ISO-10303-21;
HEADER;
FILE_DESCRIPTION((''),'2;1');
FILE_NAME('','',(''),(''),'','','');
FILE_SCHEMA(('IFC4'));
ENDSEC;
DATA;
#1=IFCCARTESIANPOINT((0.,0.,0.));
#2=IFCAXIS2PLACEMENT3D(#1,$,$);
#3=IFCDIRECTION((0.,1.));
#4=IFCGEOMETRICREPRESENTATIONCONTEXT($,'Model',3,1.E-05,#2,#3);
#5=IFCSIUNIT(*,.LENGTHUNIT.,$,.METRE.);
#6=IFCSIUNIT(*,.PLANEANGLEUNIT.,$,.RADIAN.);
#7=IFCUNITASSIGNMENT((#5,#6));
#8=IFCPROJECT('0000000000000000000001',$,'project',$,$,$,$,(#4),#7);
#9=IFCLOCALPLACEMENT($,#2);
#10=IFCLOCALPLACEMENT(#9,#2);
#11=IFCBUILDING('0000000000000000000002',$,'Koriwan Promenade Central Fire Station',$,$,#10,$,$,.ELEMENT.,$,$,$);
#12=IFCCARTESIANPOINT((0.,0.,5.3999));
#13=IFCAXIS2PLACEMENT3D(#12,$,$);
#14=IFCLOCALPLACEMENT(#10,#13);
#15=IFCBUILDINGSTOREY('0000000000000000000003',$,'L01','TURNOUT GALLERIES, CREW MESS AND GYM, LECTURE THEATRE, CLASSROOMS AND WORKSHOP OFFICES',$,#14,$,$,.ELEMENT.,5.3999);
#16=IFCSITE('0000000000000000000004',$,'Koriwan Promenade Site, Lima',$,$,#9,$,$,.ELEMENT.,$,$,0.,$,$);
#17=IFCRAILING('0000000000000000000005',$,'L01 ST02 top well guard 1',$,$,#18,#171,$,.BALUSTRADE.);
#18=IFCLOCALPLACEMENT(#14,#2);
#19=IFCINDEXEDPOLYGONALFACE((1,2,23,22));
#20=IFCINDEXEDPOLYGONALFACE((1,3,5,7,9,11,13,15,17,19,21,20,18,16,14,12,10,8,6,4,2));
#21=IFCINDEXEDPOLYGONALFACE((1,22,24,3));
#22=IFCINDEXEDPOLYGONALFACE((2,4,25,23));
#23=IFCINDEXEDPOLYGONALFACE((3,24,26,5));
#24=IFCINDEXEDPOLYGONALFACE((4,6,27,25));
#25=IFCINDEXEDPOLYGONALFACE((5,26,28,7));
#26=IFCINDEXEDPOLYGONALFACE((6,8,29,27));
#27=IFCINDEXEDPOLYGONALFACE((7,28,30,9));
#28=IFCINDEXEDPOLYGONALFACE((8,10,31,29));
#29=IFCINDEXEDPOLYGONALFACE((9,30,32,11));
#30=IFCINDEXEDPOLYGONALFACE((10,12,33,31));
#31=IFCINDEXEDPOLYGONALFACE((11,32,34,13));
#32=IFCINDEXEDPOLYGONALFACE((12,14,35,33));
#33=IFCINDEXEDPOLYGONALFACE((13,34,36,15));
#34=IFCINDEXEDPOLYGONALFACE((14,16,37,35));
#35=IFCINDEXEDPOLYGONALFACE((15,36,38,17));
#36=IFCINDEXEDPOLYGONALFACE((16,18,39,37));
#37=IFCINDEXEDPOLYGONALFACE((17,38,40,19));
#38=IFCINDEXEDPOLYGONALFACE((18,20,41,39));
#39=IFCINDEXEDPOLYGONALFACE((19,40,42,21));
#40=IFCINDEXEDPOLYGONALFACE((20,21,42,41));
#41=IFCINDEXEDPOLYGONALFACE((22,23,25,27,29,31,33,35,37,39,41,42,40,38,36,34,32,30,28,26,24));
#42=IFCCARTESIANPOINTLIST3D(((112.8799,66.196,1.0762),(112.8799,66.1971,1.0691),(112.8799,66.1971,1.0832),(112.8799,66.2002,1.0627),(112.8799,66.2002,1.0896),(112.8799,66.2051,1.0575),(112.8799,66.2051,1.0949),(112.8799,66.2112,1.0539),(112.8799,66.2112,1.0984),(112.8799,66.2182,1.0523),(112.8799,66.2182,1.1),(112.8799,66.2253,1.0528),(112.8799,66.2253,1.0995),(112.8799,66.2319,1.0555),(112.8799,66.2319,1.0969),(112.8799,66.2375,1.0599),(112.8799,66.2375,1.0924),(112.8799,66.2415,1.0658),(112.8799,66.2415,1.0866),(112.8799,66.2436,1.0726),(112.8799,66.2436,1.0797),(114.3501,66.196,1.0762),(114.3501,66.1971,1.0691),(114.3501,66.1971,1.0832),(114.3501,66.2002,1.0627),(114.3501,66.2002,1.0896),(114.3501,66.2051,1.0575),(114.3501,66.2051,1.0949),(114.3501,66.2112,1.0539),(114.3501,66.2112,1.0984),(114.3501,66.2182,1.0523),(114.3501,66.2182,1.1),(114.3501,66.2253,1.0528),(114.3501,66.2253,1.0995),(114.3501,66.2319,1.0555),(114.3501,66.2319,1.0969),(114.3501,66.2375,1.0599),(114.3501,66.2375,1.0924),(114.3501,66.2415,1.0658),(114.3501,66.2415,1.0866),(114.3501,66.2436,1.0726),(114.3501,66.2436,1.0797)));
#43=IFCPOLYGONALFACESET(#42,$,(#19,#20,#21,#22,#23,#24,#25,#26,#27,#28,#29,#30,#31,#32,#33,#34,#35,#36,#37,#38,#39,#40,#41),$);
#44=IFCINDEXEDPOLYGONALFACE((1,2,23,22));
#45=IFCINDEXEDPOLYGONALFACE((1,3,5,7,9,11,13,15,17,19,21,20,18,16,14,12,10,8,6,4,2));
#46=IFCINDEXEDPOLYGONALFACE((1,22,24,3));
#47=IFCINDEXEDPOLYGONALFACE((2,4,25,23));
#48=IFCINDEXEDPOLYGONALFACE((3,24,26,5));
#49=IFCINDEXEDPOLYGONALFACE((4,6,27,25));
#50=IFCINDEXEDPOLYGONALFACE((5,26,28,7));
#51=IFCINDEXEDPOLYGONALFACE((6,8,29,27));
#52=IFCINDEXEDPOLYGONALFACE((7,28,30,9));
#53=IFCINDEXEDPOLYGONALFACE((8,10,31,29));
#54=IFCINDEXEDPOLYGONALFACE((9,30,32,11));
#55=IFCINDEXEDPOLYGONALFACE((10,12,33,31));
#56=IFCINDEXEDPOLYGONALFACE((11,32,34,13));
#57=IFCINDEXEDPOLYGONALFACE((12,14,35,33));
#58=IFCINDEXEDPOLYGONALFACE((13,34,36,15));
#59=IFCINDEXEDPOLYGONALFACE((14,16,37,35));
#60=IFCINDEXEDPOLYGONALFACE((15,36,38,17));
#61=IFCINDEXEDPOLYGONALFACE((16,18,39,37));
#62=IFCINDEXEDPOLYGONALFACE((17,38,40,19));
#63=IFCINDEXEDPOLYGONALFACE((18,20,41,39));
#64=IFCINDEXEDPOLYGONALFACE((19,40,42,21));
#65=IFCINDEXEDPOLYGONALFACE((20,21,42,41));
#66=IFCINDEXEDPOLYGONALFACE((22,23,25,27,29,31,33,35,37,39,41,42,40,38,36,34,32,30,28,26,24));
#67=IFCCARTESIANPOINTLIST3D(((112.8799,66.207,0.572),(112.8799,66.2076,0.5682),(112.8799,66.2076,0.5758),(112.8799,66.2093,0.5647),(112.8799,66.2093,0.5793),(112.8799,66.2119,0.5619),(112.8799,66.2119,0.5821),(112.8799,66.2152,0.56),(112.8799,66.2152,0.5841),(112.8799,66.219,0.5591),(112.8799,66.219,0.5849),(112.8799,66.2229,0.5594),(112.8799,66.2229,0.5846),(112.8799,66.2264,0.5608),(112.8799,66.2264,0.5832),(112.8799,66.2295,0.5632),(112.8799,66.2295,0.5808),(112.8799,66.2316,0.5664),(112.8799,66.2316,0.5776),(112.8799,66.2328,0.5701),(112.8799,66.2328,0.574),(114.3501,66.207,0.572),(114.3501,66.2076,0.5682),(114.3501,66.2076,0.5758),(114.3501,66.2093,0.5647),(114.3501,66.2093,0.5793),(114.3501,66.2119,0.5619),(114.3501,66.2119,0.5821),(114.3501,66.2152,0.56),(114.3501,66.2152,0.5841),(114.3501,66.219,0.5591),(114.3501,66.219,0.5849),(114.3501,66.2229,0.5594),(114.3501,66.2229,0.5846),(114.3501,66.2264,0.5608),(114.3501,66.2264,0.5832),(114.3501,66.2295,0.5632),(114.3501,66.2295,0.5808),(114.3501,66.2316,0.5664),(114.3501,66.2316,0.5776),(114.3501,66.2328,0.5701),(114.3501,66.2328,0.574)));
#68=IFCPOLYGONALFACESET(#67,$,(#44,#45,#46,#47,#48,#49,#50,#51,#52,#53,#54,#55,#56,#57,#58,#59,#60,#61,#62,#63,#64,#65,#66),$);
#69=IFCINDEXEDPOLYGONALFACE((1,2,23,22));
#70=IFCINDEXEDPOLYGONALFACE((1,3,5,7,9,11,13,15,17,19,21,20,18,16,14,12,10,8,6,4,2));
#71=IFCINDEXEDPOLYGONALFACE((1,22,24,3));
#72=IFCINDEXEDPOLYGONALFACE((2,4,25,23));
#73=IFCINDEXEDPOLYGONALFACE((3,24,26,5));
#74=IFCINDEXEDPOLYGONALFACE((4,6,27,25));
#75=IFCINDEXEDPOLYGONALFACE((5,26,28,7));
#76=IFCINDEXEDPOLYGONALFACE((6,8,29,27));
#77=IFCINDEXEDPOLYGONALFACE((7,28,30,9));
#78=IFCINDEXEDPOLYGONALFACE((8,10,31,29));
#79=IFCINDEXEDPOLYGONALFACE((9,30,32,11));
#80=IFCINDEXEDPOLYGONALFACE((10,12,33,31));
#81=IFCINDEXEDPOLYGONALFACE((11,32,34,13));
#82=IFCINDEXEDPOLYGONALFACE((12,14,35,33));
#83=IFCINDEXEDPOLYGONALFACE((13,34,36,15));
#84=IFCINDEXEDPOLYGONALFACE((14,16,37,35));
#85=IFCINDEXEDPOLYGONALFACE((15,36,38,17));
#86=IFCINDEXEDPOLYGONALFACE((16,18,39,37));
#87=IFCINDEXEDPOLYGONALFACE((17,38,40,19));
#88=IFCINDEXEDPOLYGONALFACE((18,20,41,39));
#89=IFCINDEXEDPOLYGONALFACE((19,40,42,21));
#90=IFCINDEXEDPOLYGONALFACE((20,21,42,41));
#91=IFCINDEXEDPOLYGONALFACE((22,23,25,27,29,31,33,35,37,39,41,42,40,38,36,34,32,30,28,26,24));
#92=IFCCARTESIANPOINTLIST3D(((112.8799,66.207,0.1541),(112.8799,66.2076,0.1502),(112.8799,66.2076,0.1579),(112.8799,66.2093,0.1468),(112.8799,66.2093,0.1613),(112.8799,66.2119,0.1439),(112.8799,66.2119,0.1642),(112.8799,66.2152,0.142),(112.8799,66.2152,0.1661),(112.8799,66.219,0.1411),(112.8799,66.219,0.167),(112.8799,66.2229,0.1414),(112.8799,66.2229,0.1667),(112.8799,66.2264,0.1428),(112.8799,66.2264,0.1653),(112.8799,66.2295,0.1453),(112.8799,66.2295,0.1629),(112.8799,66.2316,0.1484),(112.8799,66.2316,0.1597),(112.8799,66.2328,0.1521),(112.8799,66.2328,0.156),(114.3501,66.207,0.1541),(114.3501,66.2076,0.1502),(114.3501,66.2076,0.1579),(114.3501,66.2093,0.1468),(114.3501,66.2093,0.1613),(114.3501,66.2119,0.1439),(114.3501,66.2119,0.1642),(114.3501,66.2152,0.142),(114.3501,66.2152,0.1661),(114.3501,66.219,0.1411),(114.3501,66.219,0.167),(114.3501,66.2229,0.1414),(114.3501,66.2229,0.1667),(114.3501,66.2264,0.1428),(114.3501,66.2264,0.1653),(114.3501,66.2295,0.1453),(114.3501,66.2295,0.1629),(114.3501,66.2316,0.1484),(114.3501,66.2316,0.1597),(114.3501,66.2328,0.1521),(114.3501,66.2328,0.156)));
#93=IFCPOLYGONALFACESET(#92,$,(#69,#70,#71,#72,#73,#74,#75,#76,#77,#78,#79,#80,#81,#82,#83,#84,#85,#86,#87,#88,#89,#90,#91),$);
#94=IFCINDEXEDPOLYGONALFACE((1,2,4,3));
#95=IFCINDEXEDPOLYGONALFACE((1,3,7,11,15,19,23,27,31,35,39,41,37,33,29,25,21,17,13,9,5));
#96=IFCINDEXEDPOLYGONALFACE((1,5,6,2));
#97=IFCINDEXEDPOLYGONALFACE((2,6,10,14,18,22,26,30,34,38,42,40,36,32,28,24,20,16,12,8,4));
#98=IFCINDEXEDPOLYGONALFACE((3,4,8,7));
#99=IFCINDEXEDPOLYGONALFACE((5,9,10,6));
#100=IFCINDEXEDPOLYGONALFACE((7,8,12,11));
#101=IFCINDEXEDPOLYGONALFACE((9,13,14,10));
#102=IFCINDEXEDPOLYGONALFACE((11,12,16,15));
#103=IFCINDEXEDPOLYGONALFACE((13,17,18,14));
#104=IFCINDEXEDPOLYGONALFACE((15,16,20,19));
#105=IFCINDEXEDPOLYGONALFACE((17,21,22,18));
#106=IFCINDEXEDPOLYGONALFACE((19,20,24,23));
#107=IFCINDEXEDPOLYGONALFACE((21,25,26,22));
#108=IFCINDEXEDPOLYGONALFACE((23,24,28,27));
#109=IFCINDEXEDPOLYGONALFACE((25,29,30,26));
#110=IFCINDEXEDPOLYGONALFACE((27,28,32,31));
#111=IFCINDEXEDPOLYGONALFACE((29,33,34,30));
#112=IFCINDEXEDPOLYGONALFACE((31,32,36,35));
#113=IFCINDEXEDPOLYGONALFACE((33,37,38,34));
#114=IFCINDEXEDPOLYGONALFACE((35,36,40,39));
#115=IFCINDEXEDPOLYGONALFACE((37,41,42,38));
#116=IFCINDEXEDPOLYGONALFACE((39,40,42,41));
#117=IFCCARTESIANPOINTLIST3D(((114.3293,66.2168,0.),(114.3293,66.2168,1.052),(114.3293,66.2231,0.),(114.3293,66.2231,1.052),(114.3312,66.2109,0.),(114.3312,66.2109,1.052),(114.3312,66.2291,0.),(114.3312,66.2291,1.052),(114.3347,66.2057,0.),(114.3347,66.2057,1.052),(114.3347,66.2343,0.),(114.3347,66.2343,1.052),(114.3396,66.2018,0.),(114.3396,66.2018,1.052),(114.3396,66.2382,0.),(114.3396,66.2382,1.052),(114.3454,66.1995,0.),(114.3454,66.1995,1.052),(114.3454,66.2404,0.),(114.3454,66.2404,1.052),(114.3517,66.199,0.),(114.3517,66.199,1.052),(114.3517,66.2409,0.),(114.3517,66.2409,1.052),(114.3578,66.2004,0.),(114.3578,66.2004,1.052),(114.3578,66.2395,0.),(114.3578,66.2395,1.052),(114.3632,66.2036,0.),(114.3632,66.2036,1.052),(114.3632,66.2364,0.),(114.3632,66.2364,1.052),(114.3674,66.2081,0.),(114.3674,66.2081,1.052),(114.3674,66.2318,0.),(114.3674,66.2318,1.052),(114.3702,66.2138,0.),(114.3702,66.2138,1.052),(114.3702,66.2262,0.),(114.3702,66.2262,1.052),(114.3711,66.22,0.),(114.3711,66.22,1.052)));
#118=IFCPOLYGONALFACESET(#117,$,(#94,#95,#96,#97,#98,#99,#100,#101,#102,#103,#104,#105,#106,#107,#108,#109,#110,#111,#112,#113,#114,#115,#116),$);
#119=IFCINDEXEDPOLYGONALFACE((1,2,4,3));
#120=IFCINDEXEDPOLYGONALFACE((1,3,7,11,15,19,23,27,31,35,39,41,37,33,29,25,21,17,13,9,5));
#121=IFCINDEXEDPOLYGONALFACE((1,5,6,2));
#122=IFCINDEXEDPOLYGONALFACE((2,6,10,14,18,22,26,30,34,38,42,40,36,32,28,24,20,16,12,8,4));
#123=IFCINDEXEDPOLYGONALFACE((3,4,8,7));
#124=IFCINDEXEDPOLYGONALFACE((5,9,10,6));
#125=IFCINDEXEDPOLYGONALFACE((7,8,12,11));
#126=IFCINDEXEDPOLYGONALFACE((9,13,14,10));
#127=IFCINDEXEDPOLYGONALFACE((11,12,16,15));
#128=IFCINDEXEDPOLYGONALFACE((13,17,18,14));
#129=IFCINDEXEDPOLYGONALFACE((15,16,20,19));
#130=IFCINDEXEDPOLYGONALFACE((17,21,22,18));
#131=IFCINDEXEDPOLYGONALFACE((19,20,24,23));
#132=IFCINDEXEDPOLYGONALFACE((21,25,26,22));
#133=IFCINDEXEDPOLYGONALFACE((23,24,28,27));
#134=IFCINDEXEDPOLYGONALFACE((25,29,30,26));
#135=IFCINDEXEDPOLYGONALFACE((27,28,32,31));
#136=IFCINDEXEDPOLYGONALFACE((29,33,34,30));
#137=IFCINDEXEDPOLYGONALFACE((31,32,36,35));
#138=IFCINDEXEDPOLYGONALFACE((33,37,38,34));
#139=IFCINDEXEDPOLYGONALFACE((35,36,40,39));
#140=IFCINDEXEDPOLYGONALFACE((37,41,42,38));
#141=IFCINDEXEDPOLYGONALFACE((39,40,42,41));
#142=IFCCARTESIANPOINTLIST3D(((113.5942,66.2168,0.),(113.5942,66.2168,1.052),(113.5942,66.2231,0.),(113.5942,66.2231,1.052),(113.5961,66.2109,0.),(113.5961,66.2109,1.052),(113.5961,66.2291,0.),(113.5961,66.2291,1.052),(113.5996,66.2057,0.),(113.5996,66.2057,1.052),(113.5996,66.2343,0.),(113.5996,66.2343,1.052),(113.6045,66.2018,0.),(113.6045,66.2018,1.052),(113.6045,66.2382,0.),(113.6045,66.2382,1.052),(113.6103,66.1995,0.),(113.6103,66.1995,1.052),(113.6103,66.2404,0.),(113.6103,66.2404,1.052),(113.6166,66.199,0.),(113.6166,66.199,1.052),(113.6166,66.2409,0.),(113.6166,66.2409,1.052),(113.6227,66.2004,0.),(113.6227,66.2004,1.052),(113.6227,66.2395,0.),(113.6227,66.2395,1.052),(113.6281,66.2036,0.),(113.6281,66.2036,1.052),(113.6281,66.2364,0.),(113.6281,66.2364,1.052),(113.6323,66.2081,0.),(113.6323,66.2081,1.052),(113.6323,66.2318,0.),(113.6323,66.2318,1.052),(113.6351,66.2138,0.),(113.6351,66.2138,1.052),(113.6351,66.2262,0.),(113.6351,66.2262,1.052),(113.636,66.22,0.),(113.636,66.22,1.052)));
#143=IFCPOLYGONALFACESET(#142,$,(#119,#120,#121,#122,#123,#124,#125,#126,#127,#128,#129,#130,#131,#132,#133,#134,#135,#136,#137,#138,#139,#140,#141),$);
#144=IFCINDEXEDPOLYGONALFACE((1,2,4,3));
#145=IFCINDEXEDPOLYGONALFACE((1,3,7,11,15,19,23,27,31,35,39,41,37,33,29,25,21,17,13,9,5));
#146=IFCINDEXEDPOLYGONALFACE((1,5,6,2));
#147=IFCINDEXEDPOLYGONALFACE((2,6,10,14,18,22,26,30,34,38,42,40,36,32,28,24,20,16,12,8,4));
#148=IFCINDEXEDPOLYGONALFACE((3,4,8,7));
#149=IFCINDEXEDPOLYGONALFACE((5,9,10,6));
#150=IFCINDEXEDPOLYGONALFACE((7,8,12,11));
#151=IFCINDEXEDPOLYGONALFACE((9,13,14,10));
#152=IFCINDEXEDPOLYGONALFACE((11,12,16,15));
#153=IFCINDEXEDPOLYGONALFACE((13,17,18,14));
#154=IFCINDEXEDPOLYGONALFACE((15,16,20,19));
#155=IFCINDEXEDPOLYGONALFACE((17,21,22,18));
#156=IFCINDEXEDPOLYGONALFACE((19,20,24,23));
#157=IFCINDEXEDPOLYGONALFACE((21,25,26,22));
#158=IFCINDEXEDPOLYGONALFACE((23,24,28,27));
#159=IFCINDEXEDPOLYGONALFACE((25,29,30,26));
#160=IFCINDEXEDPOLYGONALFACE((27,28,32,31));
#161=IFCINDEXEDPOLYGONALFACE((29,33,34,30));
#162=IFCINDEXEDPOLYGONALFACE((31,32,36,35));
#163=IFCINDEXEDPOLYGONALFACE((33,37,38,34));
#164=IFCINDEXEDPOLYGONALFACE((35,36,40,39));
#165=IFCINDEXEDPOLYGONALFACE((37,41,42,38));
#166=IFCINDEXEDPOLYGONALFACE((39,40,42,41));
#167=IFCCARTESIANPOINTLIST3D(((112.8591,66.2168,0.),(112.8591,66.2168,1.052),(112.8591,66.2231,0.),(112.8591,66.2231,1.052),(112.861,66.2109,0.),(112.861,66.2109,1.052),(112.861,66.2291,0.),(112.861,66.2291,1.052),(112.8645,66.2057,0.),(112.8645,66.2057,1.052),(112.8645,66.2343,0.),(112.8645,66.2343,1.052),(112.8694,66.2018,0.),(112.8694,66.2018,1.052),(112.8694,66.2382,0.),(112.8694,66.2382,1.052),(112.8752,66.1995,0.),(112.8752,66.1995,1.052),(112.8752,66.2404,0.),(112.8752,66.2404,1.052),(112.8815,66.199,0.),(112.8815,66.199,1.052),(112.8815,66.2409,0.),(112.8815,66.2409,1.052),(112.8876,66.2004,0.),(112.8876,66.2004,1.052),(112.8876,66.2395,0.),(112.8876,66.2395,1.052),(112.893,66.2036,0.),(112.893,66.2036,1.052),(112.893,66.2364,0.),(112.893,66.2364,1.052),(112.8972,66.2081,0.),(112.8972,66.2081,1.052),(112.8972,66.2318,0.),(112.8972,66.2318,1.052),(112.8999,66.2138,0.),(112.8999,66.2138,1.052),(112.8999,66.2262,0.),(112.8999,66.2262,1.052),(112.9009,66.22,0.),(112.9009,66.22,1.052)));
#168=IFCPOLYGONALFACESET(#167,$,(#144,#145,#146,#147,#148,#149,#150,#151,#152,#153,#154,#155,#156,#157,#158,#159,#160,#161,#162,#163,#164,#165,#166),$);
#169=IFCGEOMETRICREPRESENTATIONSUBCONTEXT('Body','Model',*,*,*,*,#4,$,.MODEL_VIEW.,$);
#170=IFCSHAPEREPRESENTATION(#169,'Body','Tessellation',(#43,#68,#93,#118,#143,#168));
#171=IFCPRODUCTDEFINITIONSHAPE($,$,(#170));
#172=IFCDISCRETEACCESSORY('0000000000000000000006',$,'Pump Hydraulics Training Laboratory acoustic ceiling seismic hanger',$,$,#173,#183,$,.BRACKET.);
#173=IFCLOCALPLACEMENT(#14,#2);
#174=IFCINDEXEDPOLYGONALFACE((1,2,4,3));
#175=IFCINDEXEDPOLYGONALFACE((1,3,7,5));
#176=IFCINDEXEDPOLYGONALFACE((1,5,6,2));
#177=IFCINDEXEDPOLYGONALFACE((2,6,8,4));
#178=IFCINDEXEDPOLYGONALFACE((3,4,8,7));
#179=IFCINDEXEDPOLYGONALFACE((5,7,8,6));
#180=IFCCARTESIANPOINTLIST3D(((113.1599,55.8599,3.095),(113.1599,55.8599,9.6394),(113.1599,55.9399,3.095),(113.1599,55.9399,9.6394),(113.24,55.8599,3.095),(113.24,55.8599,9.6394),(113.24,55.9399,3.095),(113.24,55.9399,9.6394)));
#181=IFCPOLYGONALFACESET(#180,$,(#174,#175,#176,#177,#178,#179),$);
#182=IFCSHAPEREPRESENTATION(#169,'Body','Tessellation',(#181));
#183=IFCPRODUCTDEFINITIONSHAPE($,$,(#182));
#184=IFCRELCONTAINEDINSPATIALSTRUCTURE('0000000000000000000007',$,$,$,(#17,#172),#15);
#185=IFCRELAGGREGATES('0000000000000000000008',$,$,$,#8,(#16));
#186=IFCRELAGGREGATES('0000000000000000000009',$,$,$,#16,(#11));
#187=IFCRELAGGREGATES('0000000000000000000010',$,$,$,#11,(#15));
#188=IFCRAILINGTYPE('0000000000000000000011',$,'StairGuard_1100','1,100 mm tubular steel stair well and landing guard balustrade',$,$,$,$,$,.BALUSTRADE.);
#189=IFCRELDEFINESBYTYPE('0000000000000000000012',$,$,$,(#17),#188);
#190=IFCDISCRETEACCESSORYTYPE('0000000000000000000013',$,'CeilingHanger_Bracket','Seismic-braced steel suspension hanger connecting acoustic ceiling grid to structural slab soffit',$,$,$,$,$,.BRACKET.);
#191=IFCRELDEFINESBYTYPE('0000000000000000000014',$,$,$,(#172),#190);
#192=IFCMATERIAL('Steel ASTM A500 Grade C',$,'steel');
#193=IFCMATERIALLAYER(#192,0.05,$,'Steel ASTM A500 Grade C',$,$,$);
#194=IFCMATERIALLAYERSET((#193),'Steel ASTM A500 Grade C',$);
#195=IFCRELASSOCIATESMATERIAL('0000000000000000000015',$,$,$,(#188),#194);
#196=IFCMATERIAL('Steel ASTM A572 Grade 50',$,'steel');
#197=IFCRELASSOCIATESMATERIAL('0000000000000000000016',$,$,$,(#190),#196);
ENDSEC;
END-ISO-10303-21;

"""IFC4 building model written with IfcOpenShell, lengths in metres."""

from ifc_helpers import new_model, si_unit, direction, frame, origin, origin_2d, place, context, subcontext, project, spatial, rectangle, circle, extrude, material, layer, layer_set, type_object, element, save


model = new_model("IFC4")

# Units and contexts
model_context = context("Model", 3, precision=1e-05, world=origin(), true_north=direction((0.0, 1.0)))
body_context = subcontext(model_context, "Body", "Model", "MODEL_VIEW")
ifc_project = project(units=[si_unit("LENGTHUNIT", "METRE"), si_unit("PLANEANGLEUNIT", "RADIAN")], contexts=[model_context])

# Site, building, storey
site_placement = place(None, origin())
site = spatial("IfcSite", under=ifc_project, at=site_placement, Name="Koriwan Promenade Site, Lima", CompositionType="ELEMENT", RefElevation=0.0)
building_placement = place(site_placement, origin())
building = spatial("IfcBuilding", under=site, at=building_placement, Name="Koriwan Promenade Central Fire Station", CompositionType="ELEMENT")
storey_placement = place(building_placement, frame((0.0, 0.0, 5.3999)))
storey = spatial("IfcBuildingStorey", under=building, at=storey_placement, Name="L01", Description="TURNOUT GALLERIES, CREW MESS AND GYM, LECTURE THEATRE, CLASSROOMS AND WORKSHOP OFFICES", CompositionType="ELEMENT", Elevation=5.3999)

# Railing
ifc_material_1 = material(Name="Steel ASTM A500 Grade C", Category="steel")
ifc_layer_1 = layer(ifc_material_1, 0.05, Name="Steel ASTM A500 Grade C")
ifc_layer_set_1 = layer_set([ifc_layer_1], Name="Steel ASTM A500 Grade C")
railing_type = type_object("IfcRailingType", Name="StairGuard_1100", Description="1,100 mm tubular steel stair well and landing guard balustrade", PredefinedType="BALUSTRADE", material=ifc_layer_set_1)
railing_placement = place(storey_placement, frame((114.3501, 66.22, 0.0)))
element("IfcRailing", 1, at=railing_placement, inside=storey, type_object=railing_type, Name="L01 ST02 top well guard 1", PredefinedType="BALUSTRADE", context=body_context, shape_type="SweptSolid", body=[
    extrude(circle(Radius=0.0239, at=origin_2d()), frame((0.0, 0.0, 1.0762), z_axis=(-1.0, 0.0, 0.0), x_axis=(0.0, -1.0, 0.0)), (0.0, 0.0, 1.0), 1.4702),
    extrude(circle(Radius=0.0129, at=origin_2d()), frame((0.0, 0.0, 0.572), z_axis=(-1.0, 0.0, 0.0), x_axis=(0.0, -1.0, 0.0)), (0.0, 0.0, 1.0), 1.4702),
    extrude(circle(Radius=0.0129, at=origin_2d()), frame((0.0, 0.0, 0.1541), z_axis=(-1.0, 0.0, 0.0), x_axis=(0.0, -1.0, 0.0)), (0.0, 0.0, 1.0), 1.4702),
    extrude(circle(Radius=0.021, at=origin_2d()), origin(), (0.0, 0.0, 1.0), 1.052),
    extrude(circle(Radius=0.021, at=origin_2d()), frame((-0.7351, 0.0, 0.0)), (0.0, 0.0, 1.0), 1.052),
    extrude(circle(Radius=0.021, at=origin_2d()), frame((-1.4702, 0.0, 0.0)), (0.0, 0.0, 1.0), 1.052),
])

# Discrete accessory
ifc_material_2 = material(Name="Steel ASTM A572 Grade 50", Category="steel")
discrete_accessory_type = type_object("IfcDiscreteAccessoryType", Name="CeilingHanger_Bracket", Description="Seismic-braced steel suspension hanger connecting acoustic ceiling grid to structural slab soffit", PredefinedType="BRACKET", material=ifc_material_2)
discrete_accessory_placement = place(storey_placement, frame((113.2, 55.8999, 3.095), z_axis=(0.0, 0.0, 1.0), x_axis=(1.0, 0.0, 0.0)))
element("IfcDiscreteAccessory", 2, at=discrete_accessory_placement, inside=storey, type_object=discrete_accessory_type, Name="Pump Hydraulics Training Laboratory acoustic ceiling seismic hanger", PredefinedType="BRACKET", context=body_context, shape_type="SweptSolid", body=[
    extrude(rectangle(XDim=0.0801, YDim=0.0801, at=origin_2d()), origin(), (0.0, 0.0, 1.0), 6.5444),
])

save(model, "model.ifc")
